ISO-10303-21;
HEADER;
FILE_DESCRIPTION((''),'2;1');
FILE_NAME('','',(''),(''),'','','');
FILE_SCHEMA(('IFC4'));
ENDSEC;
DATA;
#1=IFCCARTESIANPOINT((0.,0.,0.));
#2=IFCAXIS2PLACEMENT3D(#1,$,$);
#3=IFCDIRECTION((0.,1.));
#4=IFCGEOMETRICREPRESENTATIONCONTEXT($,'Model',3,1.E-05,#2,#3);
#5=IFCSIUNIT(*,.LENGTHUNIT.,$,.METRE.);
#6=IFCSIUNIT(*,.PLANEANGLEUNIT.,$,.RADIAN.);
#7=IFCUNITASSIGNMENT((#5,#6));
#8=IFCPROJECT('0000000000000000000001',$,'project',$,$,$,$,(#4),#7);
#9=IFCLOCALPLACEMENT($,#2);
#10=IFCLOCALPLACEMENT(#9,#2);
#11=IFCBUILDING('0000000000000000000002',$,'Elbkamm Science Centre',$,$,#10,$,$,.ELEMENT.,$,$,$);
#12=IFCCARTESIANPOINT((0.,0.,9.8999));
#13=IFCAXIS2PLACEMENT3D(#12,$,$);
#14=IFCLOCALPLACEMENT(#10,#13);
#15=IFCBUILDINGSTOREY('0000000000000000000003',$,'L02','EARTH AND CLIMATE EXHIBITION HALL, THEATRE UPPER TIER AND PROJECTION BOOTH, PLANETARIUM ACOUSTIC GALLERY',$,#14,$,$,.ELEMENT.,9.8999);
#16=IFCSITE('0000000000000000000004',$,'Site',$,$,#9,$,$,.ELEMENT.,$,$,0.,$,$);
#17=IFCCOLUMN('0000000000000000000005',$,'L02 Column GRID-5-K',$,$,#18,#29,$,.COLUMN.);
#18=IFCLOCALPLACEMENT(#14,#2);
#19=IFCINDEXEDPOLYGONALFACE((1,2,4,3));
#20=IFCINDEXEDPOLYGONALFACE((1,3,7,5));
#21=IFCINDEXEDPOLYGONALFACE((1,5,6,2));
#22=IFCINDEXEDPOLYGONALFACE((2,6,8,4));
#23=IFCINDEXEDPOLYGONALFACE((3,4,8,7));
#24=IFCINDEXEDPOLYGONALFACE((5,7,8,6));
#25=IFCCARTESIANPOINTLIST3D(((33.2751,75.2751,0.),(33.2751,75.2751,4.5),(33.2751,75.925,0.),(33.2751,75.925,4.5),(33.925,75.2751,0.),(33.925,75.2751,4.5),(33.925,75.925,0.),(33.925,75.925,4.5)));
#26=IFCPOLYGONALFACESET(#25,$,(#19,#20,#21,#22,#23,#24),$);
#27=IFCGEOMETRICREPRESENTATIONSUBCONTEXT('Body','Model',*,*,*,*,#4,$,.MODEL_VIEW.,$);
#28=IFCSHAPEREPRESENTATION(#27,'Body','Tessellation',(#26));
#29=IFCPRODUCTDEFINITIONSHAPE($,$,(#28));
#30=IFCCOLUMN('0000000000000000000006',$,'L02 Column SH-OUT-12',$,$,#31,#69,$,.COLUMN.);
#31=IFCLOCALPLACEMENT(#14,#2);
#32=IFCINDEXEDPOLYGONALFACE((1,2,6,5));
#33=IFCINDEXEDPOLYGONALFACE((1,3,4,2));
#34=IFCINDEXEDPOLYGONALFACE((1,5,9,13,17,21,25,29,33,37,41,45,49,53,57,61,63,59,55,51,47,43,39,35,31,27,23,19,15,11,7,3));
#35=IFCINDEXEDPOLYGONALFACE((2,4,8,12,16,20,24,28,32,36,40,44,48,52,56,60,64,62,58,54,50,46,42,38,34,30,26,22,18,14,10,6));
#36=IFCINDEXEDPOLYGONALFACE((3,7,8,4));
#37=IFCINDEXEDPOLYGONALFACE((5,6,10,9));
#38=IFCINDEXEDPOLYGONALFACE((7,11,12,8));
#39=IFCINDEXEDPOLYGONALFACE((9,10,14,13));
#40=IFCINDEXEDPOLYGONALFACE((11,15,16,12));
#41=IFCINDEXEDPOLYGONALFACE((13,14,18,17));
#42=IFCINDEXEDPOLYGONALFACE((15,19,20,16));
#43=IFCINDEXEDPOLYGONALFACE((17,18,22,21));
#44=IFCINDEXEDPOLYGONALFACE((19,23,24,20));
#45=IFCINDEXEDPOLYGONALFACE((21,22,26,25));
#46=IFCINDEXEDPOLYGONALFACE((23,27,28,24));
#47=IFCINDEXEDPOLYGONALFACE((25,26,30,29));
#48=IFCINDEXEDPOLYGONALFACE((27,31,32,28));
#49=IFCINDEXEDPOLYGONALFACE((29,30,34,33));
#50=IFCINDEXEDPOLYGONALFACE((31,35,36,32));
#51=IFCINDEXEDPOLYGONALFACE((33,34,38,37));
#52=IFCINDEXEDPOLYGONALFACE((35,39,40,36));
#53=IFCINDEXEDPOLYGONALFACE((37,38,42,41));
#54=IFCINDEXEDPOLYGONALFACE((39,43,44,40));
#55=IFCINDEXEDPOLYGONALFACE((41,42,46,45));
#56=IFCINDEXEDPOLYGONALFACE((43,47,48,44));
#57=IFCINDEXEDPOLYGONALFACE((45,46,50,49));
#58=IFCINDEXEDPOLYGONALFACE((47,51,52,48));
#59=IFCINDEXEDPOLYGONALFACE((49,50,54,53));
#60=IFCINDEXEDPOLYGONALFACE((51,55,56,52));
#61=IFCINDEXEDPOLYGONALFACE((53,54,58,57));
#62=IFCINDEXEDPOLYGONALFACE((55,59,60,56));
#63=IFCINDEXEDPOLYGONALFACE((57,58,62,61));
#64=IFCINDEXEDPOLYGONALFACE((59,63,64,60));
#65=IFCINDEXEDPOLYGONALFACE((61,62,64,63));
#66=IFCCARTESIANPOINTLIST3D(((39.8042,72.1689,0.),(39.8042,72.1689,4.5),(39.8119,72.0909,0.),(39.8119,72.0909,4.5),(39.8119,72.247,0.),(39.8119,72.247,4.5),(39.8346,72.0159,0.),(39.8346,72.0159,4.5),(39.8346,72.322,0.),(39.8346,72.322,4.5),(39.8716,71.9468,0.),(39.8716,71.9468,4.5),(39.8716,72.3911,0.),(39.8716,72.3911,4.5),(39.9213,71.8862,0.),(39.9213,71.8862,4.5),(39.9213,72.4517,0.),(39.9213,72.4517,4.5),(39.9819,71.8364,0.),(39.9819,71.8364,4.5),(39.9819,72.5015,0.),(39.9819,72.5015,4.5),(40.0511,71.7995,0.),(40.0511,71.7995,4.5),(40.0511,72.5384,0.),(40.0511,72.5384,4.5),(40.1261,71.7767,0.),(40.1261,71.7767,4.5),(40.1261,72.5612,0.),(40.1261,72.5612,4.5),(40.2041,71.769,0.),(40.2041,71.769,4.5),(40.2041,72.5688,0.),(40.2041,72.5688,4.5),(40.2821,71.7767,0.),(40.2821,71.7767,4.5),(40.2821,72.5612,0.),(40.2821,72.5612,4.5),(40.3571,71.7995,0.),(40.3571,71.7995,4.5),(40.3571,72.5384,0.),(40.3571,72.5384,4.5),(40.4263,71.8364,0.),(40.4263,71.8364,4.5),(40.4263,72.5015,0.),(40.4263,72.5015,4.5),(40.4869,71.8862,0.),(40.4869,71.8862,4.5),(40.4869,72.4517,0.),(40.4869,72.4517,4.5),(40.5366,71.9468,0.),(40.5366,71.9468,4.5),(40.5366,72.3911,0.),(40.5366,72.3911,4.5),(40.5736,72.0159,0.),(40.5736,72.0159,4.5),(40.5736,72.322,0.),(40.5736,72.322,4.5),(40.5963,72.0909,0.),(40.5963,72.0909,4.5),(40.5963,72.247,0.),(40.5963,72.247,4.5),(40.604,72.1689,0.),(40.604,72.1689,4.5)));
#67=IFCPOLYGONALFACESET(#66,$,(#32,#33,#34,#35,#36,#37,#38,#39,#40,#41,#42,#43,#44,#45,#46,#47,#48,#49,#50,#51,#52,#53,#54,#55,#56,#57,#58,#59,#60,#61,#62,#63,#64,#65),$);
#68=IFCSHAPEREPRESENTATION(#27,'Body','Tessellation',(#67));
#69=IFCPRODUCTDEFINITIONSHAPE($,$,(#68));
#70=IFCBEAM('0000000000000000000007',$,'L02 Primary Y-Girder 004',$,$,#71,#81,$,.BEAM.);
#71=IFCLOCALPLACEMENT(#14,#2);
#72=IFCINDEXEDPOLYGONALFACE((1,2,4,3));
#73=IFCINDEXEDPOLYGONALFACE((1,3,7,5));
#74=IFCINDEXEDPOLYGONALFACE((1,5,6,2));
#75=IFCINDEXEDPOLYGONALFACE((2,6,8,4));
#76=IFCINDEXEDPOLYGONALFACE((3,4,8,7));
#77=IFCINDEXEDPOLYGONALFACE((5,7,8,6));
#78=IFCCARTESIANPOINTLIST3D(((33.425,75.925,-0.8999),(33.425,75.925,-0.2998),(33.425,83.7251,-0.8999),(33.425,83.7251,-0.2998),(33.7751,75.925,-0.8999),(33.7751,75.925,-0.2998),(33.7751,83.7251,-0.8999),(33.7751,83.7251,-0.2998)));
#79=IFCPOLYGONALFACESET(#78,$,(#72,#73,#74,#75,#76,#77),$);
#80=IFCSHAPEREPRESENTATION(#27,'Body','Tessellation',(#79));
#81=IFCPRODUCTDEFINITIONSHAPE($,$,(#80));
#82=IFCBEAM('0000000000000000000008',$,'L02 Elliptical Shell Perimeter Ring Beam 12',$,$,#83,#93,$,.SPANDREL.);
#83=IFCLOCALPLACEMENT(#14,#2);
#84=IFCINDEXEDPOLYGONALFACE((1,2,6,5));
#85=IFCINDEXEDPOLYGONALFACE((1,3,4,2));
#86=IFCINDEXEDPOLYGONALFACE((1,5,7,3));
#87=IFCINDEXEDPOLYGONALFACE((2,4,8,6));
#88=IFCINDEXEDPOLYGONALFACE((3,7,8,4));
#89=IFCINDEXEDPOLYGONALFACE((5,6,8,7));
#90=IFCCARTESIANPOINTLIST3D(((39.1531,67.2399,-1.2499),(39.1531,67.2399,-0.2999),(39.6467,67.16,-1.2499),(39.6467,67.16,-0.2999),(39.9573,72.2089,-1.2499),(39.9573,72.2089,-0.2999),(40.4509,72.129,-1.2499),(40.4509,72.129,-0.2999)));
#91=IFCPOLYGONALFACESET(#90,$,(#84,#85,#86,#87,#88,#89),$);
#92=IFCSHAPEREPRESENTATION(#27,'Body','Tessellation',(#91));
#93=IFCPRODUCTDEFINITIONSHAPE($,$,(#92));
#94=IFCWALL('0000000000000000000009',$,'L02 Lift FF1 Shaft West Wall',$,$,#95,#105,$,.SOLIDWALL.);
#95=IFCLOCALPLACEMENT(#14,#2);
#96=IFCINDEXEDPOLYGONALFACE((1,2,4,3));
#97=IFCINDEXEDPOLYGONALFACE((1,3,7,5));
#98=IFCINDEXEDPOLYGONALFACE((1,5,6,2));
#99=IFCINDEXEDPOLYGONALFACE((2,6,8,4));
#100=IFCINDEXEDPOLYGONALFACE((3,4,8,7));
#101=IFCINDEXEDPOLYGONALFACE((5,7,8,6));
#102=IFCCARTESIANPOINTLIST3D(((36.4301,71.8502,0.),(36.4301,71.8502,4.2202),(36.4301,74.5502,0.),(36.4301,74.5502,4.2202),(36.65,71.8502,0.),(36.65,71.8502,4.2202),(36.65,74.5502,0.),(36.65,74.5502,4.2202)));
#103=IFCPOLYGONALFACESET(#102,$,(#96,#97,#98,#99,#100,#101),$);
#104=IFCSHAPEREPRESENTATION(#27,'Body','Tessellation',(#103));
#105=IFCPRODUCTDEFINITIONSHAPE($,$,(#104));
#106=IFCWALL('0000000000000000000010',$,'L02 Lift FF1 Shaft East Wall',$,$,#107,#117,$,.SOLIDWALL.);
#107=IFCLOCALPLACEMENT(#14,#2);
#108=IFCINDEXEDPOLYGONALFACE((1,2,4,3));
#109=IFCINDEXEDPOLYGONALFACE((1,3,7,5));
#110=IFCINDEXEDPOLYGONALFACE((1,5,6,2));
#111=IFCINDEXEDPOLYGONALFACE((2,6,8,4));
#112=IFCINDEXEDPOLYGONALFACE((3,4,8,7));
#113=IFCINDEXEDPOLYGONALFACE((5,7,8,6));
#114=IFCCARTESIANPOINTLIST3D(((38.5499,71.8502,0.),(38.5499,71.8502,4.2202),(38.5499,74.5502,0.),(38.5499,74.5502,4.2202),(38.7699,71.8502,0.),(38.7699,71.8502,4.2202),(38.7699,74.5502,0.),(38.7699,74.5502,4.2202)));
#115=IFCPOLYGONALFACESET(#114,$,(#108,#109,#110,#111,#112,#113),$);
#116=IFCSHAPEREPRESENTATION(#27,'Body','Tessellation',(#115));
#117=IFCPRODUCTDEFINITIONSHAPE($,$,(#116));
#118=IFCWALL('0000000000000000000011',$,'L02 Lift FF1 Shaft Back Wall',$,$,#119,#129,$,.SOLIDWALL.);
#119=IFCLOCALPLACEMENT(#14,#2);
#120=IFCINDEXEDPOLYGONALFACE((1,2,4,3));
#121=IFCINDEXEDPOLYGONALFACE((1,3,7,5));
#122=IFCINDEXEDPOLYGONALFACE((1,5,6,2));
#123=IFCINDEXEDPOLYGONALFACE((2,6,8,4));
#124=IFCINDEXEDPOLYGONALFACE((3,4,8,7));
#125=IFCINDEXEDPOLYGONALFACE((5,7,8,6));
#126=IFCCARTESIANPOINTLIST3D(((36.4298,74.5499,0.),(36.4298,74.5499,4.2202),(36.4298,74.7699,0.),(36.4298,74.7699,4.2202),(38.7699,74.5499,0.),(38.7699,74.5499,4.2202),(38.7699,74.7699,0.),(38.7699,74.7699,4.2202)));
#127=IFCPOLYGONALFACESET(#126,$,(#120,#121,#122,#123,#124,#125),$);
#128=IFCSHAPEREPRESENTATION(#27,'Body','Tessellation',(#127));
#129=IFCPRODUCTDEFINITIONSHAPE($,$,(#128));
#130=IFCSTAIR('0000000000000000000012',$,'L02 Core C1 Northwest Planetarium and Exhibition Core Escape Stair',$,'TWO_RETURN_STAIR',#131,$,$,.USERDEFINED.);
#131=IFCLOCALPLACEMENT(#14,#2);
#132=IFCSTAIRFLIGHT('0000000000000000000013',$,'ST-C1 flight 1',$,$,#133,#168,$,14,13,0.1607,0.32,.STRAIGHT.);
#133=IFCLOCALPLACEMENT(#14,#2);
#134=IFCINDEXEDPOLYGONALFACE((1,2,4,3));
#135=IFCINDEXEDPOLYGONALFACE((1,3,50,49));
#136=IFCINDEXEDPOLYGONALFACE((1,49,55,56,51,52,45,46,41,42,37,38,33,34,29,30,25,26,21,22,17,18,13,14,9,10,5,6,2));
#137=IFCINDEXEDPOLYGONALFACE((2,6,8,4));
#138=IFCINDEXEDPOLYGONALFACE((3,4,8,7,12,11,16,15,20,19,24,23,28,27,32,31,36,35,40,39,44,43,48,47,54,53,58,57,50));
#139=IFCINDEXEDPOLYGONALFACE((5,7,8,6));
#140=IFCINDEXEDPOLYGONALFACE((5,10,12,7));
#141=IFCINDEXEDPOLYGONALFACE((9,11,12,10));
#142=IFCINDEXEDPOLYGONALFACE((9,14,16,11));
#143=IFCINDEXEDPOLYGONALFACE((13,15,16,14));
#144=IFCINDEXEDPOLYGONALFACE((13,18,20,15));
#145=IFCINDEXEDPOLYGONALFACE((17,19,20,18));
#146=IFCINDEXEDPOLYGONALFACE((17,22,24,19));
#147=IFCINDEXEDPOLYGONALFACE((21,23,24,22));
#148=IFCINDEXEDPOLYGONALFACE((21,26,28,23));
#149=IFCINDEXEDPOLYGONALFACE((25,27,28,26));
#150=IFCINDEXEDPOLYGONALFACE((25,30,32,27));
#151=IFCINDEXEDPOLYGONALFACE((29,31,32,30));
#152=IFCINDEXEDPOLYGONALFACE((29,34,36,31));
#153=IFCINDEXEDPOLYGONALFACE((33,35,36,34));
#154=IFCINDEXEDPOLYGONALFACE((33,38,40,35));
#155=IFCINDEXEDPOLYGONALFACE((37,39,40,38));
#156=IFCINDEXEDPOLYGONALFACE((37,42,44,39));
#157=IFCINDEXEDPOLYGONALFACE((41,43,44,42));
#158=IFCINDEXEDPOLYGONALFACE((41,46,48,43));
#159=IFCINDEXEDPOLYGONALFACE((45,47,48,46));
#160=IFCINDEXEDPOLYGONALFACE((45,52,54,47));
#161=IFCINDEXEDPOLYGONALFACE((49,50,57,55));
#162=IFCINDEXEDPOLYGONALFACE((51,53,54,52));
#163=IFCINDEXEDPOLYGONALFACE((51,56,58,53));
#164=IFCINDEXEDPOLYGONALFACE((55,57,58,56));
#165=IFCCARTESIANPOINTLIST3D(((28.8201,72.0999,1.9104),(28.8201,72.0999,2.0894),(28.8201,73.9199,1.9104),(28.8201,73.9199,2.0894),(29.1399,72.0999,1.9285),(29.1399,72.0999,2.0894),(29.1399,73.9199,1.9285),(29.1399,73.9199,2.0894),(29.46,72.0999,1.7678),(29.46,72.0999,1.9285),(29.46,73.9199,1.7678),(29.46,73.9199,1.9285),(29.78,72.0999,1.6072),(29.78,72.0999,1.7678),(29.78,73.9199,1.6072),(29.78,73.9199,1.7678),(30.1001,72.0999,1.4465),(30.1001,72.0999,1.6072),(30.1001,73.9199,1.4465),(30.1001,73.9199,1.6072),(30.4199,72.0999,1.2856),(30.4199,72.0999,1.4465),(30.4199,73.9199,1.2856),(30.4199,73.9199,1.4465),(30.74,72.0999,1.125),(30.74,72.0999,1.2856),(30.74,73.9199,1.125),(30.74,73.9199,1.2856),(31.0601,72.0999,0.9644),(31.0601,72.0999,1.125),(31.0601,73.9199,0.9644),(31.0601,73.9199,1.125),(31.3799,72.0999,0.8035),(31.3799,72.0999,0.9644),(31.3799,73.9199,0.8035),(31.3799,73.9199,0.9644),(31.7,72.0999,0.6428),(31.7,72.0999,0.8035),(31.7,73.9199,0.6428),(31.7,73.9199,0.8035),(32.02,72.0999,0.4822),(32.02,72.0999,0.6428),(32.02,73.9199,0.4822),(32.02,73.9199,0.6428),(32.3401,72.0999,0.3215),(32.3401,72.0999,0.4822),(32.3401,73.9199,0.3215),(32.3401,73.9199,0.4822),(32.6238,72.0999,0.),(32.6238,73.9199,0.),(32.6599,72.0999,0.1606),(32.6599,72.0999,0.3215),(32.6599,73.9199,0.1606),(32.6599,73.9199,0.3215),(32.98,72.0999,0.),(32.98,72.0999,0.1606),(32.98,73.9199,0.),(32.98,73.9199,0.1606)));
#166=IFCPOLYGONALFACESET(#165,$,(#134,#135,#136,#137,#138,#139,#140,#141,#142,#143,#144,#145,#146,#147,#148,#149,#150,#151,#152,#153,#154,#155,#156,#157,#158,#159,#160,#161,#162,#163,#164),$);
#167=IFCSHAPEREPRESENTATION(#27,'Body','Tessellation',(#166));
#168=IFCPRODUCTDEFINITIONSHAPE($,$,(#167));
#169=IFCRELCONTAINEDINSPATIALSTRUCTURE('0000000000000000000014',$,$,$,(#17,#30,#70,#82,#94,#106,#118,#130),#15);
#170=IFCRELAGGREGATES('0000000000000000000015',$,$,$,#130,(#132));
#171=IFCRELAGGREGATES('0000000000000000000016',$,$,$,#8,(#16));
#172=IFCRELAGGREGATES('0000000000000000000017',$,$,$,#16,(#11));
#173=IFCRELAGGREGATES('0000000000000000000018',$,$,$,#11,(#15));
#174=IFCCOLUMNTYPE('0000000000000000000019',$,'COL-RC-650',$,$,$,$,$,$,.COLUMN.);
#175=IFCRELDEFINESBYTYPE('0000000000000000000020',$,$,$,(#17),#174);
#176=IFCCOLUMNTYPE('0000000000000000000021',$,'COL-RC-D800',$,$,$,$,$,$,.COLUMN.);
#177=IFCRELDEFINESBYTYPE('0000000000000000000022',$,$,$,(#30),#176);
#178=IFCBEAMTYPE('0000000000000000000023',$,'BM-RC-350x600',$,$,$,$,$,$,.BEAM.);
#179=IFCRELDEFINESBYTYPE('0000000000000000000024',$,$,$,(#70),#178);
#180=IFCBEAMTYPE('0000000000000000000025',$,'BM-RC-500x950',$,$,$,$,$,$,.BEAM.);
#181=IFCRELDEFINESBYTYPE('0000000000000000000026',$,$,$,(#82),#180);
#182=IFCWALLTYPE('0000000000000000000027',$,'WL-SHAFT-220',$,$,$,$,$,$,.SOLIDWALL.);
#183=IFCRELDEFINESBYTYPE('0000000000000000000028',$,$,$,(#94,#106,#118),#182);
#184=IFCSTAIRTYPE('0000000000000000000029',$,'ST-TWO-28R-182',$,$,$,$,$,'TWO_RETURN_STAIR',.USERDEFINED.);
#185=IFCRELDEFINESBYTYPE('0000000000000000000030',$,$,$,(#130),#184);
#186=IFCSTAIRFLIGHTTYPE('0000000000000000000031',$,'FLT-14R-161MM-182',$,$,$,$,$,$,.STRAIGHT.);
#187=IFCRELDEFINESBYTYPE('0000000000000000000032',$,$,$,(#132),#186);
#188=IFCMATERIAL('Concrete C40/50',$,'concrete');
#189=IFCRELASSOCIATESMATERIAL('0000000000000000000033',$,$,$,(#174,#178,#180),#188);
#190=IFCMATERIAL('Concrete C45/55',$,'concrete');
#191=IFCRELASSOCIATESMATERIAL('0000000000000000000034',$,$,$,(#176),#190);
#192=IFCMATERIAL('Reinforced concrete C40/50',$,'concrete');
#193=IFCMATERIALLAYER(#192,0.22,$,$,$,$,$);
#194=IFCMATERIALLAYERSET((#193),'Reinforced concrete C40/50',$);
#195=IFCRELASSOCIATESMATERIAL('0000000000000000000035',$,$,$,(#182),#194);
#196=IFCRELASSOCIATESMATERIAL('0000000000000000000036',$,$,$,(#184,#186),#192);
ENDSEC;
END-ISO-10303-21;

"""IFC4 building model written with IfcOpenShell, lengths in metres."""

from ifc_helpers import new_model, si_unit, direction, frame, frame_2d, origin, origin_2d, place, context, subcontext, project, spatial, polyline, rectangle, circle, outline, extrude, material, layer, layer_set, material_profile, profile_set, type_object, element, aggregate, save


model = new_model("IFC4")

# Units and contexts
model_context = context("Model", 3, precision=1e-05, world=origin(), true_north=direction((0.0, 1.0)))
body_context = subcontext(model_context, "Body", "Model", "MODEL_VIEW")
ifc_project = project(units=[si_unit("LENGTHUNIT", "METRE"), si_unit("PLANEANGLEUNIT", "RADIAN")], contexts=[model_context])

# Site, building, storey
site_placement = place(None, origin())
site = spatial("IfcSite", under=ifc_project, at=site_placement, Name="Site", CompositionType="ELEMENT", RefElevation=0.0)
building_placement = place(site_placement, origin())
building = spatial("IfcBuilding", under=site, at=building_placement, Name="Elbkamm Science Centre", CompositionType="ELEMENT")
storey_placement = place(building_placement, frame((0.0, 0.0, 9.8999)))
storey = spatial("IfcBuildingStorey", under=building, at=storey_placement, Name="L02", Description="EARTH AND CLIMATE EXHIBITION HALL, THEATRE UPPER TIER AND PROJECTION BOOTH, PLANETARIUM ACOUSTIC GALLERY", CompositionType="ELEMENT", Elevation=9.8999)

# Columns
ifc_material_1 = material(Name="Concrete C40/50", Category="concrete")
ifc_material_profile_1 = material_profile(ifc_material_1, rectangle(XDim=0.6499, YDim=0.6499, at=origin_2d()), Name="RC 650x650")
ifc_profile_set_1 = profile_set([ifc_material_profile_1], Name="Concrete C40/50")
column_type_1 = type_object("IfcColumnType", Name="COL-RC-650", PredefinedType="COLUMN", material=ifc_profile_set_1)
column_1_placement = place(storey_placement, frame((33.6001, 75.6001, 0.0), z_axis=(0.0, 0.0, 1.0), x_axis=(1.0, 0.0, 0.0)))
element("IfcColumn", 1, at=column_1_placement, inside=storey, type_object=column_type_1, Name="L02 Column GRID-5-K", PredefinedType="COLUMN", context=body_context, shape_type="SweptSolid", body=[
    extrude(rectangle(XDim=0.6499, YDim=0.6499, at=origin_2d()), origin(), (0.0, 0.0, 1.0), 4.5),
])
ifc_material_2 = material(Name="Concrete C45/55", Category="concrete")
ifc_material_profile_2 = material_profile(ifc_material_2, circle(Radius=0.3999, at=origin_2d()), Name="RC D800")
ifc_profile_set_2 = profile_set([ifc_material_profile_2], Name="Concrete C45/55")
column_type_2 = type_object("IfcColumnType", Name="COL-RC-D800", PredefinedType="COLUMN", material=ifc_profile_set_2)
column_2_placement = place(storey_placement, frame((40.2041, 72.1689, 0.0), z_axis=(0.0, 0.0, 1.0), x_axis=(1.0, 0.0, 0.0)))
element("IfcColumn", 2, at=column_2_placement, inside=storey, type_object=column_type_2, Name="L02 Column SH-OUT-12", PredefinedType="COLUMN", context=body_context, shape_type="SweptSolid", body=[
    extrude(circle(Radius=0.3999, at=origin_2d()), origin(), (0.0, 0.0, 1.0), 4.5),
])

# Beams
ifc_material_profile_3 = material_profile(ifc_material_1, rectangle(XDim=0.3501, YDim=0.6001, at=origin_2d()), Name="RC 350x600")
ifc_profile_set_3 = profile_set([ifc_material_profile_3], Name="Concrete C40/50")
beam_type_1 = type_object("IfcBeamType", Name="BM-RC-350x600", PredefinedType="BEAM", material=ifc_profile_set_3)
beam_1_placement = place(storey_placement, frame((33.6001, 75.925, -0.5999), z_axis=(0.0, 1.0, 0.0), x_axis=(-1.0, 0.0, 0.0)))
element("IfcBeam", 3, at=beam_1_placement, inside=storey, type_object=beam_type_1, Name="L02 Primary Y-Girder 004", PredefinedType="BEAM", context=body_context, shape_type="SweptSolid", body=[
    extrude(rectangle(XDim=0.3501, YDim=0.6001, at=origin_2d()), origin(), (0.0, 0.0, 1.0), 7.8),
])
ifc_material_profile_4 = material_profile(ifc_material_1, rectangle(XDim=0.5, YDim=0.95, at=origin_2d()), Name="RC 500x950")
ifc_profile_set_4 = profile_set([ifc_material_profile_4], Name="Concrete C40/50")
beam_type_2 = type_object("IfcBeamType", Name="BM-RC-500x950", PredefinedType="BEAM", material=ifc_profile_set_4)
beam_2_placement = place(storey_placement, frame((40.2041, 72.1689, -0.7749), z_axis=(-0.159765, -0.987155, 0.0), x_axis=(0.987155, -0.159765, 0.0)))
element("IfcBeam", 4, at=beam_2_placement, inside=storey, type_object=beam_type_2, Name="L02 Elliptical Shell Perimeter Ring Beam 12", PredefinedType="SPANDREL", context=body_context, shape_type="SweptSolid", body=[
    extrude(rectangle(XDim=0.5, YDim=0.95, at=origin_2d()), origin(), (0.0, 0.0, 1.0), 5.0337),
])

# Walls
ifc_material_3 = material(Name="Reinforced concrete C40/50", Category="concrete")
ifc_layer_1 = layer(ifc_material_3, 0.22)
ifc_layer_set_1 = layer_set([ifc_layer_1], Name="Reinforced concrete C40/50")
wall_type = type_object("IfcWallType", Name="WL-SHAFT-220", PredefinedType="SOLIDWALL", material=ifc_layer_set_1)
for number, where, z_axis, x_axis, name in (
    (5, (36.54, 71.8501, 0.0), (0.0, 0.0, 1.0), (0.0, 1.0, 0.0), "L02 Lift FF1 Shaft West Wall"),
    (6, (38.6599, 71.8501, 0.0), (0.0, 0.0, 1.0), (0.0, 1.0, 0.0), "L02 Lift FF1 Shaft East Wall"),
):
    element("IfcWall", number, at=place(storey_placement, frame(where, z_axis=z_axis, x_axis=x_axis)), inside=storey, type_object=wall_type, Name=name, PredefinedType="SOLIDWALL", context=body_context, shape_type="SweptSolid", body=[
        extrude(rectangle(XDim=2.7, YDim=0.22, at=frame_2d((1.3501, 0.0))), origin(), (0.0, 0.0, 1.0), 4.2202),
    ])
wall_1_placement = place(storey_placement, frame((36.4299, 74.6599, 0.0), z_axis=(0.0, 0.0, 1.0), x_axis=(1.0, 0.0, 0.0)))
element("IfcWall", 7, at=wall_1_placement, inside=storey, type_object=wall_type, Name="L02 Lift FF1 Shaft Back Wall", PredefinedType="SOLIDWALL", context=body_context, shape_type="SweptSolid", body=[
    extrude(rectangle(XDim=2.3401, YDim=0.22, at=frame_2d((1.1699, 0.0))), origin(), (0.0, 0.0, 1.0), 4.2202),
])

# Stair, stair flight
stair_type = type_object("IfcStairType", Name="ST-TWO-28R-182", ElementType="TWO_RETURN_STAIR", PredefinedType="USERDEFINED", material=ifc_material_3)
stair_placement = place(storey_placement, origin())
stair = element("IfcStair", 8, at=stair_placement, inside=storey, type_object=stair_type, Name="L02 Core C1 Northwest Planetarium and Exhibition Core Escape Stair", ObjectType="TWO_RETURN_STAIR", PredefinedType="USERDEFINED")
stair_flight_type = type_object("IfcStairFlightType", Name="FLT-14R-161MM-182", PredefinedType="STRAIGHT", material=ifc_material_3)
stair_flight_1_placement = place(storey_placement, frame((32.98, 73.01, 0.0), z_axis=(0.0, 0.0, 1.0), x_axis=(-1.0, 0.0, 0.0)))
stair_flight_1 = element("IfcStairFlight", 9, at=stair_flight_1_placement, type_object=stair_flight_type, Name="ST-C1 flight 1", NumberOfRisers=14, NumberOfTreads=13, PredefinedType="STRAIGHT", RiserHeight=0.1607, TreadLength=0.32, context=body_context, shape_type="SweptSolid", body=[
    extrude(outline(polyline([(0.0, 0.0), (0.0, 0.1606), (0.3201, 0.1606), (0.3201, 0.3215), (0.6399, 0.3215), (0.6399, 0.4822), (0.96, 0.4822), (0.96, 0.6428), (1.28, 0.6428), (1.28, 0.8035), (1.6001, 0.8035), (1.6001, 0.9644), (1.9199, 0.9644), (1.9199, 1.125), (2.24, 1.125), (2.24, 1.2856), (2.5601, 1.2856), (2.5601, 1.4465), (2.8799, 1.4465), (2.8799, 1.6072), (3.2, 1.6072), (3.2, 1.7678), (3.52, 1.7678), (3.52, 1.9285), (3.8401, 1.9285), (3.8401, 2.0894), (4.1599, 2.0894), (4.1599, 2.25), (4.1599, 1.9104), (0.3562, 0.0), (0.0, 0.0)])), frame((0.0, 0.9102, 0.0), z_axis=(0.0, -1.0, 0.0), x_axis=(1.0, 0.0, 0.0)), (0.0, 0.0, 1.0), 1.8201),
])
aggregate(stair, [stair_flight_1])

save(model, "model.ifc")
